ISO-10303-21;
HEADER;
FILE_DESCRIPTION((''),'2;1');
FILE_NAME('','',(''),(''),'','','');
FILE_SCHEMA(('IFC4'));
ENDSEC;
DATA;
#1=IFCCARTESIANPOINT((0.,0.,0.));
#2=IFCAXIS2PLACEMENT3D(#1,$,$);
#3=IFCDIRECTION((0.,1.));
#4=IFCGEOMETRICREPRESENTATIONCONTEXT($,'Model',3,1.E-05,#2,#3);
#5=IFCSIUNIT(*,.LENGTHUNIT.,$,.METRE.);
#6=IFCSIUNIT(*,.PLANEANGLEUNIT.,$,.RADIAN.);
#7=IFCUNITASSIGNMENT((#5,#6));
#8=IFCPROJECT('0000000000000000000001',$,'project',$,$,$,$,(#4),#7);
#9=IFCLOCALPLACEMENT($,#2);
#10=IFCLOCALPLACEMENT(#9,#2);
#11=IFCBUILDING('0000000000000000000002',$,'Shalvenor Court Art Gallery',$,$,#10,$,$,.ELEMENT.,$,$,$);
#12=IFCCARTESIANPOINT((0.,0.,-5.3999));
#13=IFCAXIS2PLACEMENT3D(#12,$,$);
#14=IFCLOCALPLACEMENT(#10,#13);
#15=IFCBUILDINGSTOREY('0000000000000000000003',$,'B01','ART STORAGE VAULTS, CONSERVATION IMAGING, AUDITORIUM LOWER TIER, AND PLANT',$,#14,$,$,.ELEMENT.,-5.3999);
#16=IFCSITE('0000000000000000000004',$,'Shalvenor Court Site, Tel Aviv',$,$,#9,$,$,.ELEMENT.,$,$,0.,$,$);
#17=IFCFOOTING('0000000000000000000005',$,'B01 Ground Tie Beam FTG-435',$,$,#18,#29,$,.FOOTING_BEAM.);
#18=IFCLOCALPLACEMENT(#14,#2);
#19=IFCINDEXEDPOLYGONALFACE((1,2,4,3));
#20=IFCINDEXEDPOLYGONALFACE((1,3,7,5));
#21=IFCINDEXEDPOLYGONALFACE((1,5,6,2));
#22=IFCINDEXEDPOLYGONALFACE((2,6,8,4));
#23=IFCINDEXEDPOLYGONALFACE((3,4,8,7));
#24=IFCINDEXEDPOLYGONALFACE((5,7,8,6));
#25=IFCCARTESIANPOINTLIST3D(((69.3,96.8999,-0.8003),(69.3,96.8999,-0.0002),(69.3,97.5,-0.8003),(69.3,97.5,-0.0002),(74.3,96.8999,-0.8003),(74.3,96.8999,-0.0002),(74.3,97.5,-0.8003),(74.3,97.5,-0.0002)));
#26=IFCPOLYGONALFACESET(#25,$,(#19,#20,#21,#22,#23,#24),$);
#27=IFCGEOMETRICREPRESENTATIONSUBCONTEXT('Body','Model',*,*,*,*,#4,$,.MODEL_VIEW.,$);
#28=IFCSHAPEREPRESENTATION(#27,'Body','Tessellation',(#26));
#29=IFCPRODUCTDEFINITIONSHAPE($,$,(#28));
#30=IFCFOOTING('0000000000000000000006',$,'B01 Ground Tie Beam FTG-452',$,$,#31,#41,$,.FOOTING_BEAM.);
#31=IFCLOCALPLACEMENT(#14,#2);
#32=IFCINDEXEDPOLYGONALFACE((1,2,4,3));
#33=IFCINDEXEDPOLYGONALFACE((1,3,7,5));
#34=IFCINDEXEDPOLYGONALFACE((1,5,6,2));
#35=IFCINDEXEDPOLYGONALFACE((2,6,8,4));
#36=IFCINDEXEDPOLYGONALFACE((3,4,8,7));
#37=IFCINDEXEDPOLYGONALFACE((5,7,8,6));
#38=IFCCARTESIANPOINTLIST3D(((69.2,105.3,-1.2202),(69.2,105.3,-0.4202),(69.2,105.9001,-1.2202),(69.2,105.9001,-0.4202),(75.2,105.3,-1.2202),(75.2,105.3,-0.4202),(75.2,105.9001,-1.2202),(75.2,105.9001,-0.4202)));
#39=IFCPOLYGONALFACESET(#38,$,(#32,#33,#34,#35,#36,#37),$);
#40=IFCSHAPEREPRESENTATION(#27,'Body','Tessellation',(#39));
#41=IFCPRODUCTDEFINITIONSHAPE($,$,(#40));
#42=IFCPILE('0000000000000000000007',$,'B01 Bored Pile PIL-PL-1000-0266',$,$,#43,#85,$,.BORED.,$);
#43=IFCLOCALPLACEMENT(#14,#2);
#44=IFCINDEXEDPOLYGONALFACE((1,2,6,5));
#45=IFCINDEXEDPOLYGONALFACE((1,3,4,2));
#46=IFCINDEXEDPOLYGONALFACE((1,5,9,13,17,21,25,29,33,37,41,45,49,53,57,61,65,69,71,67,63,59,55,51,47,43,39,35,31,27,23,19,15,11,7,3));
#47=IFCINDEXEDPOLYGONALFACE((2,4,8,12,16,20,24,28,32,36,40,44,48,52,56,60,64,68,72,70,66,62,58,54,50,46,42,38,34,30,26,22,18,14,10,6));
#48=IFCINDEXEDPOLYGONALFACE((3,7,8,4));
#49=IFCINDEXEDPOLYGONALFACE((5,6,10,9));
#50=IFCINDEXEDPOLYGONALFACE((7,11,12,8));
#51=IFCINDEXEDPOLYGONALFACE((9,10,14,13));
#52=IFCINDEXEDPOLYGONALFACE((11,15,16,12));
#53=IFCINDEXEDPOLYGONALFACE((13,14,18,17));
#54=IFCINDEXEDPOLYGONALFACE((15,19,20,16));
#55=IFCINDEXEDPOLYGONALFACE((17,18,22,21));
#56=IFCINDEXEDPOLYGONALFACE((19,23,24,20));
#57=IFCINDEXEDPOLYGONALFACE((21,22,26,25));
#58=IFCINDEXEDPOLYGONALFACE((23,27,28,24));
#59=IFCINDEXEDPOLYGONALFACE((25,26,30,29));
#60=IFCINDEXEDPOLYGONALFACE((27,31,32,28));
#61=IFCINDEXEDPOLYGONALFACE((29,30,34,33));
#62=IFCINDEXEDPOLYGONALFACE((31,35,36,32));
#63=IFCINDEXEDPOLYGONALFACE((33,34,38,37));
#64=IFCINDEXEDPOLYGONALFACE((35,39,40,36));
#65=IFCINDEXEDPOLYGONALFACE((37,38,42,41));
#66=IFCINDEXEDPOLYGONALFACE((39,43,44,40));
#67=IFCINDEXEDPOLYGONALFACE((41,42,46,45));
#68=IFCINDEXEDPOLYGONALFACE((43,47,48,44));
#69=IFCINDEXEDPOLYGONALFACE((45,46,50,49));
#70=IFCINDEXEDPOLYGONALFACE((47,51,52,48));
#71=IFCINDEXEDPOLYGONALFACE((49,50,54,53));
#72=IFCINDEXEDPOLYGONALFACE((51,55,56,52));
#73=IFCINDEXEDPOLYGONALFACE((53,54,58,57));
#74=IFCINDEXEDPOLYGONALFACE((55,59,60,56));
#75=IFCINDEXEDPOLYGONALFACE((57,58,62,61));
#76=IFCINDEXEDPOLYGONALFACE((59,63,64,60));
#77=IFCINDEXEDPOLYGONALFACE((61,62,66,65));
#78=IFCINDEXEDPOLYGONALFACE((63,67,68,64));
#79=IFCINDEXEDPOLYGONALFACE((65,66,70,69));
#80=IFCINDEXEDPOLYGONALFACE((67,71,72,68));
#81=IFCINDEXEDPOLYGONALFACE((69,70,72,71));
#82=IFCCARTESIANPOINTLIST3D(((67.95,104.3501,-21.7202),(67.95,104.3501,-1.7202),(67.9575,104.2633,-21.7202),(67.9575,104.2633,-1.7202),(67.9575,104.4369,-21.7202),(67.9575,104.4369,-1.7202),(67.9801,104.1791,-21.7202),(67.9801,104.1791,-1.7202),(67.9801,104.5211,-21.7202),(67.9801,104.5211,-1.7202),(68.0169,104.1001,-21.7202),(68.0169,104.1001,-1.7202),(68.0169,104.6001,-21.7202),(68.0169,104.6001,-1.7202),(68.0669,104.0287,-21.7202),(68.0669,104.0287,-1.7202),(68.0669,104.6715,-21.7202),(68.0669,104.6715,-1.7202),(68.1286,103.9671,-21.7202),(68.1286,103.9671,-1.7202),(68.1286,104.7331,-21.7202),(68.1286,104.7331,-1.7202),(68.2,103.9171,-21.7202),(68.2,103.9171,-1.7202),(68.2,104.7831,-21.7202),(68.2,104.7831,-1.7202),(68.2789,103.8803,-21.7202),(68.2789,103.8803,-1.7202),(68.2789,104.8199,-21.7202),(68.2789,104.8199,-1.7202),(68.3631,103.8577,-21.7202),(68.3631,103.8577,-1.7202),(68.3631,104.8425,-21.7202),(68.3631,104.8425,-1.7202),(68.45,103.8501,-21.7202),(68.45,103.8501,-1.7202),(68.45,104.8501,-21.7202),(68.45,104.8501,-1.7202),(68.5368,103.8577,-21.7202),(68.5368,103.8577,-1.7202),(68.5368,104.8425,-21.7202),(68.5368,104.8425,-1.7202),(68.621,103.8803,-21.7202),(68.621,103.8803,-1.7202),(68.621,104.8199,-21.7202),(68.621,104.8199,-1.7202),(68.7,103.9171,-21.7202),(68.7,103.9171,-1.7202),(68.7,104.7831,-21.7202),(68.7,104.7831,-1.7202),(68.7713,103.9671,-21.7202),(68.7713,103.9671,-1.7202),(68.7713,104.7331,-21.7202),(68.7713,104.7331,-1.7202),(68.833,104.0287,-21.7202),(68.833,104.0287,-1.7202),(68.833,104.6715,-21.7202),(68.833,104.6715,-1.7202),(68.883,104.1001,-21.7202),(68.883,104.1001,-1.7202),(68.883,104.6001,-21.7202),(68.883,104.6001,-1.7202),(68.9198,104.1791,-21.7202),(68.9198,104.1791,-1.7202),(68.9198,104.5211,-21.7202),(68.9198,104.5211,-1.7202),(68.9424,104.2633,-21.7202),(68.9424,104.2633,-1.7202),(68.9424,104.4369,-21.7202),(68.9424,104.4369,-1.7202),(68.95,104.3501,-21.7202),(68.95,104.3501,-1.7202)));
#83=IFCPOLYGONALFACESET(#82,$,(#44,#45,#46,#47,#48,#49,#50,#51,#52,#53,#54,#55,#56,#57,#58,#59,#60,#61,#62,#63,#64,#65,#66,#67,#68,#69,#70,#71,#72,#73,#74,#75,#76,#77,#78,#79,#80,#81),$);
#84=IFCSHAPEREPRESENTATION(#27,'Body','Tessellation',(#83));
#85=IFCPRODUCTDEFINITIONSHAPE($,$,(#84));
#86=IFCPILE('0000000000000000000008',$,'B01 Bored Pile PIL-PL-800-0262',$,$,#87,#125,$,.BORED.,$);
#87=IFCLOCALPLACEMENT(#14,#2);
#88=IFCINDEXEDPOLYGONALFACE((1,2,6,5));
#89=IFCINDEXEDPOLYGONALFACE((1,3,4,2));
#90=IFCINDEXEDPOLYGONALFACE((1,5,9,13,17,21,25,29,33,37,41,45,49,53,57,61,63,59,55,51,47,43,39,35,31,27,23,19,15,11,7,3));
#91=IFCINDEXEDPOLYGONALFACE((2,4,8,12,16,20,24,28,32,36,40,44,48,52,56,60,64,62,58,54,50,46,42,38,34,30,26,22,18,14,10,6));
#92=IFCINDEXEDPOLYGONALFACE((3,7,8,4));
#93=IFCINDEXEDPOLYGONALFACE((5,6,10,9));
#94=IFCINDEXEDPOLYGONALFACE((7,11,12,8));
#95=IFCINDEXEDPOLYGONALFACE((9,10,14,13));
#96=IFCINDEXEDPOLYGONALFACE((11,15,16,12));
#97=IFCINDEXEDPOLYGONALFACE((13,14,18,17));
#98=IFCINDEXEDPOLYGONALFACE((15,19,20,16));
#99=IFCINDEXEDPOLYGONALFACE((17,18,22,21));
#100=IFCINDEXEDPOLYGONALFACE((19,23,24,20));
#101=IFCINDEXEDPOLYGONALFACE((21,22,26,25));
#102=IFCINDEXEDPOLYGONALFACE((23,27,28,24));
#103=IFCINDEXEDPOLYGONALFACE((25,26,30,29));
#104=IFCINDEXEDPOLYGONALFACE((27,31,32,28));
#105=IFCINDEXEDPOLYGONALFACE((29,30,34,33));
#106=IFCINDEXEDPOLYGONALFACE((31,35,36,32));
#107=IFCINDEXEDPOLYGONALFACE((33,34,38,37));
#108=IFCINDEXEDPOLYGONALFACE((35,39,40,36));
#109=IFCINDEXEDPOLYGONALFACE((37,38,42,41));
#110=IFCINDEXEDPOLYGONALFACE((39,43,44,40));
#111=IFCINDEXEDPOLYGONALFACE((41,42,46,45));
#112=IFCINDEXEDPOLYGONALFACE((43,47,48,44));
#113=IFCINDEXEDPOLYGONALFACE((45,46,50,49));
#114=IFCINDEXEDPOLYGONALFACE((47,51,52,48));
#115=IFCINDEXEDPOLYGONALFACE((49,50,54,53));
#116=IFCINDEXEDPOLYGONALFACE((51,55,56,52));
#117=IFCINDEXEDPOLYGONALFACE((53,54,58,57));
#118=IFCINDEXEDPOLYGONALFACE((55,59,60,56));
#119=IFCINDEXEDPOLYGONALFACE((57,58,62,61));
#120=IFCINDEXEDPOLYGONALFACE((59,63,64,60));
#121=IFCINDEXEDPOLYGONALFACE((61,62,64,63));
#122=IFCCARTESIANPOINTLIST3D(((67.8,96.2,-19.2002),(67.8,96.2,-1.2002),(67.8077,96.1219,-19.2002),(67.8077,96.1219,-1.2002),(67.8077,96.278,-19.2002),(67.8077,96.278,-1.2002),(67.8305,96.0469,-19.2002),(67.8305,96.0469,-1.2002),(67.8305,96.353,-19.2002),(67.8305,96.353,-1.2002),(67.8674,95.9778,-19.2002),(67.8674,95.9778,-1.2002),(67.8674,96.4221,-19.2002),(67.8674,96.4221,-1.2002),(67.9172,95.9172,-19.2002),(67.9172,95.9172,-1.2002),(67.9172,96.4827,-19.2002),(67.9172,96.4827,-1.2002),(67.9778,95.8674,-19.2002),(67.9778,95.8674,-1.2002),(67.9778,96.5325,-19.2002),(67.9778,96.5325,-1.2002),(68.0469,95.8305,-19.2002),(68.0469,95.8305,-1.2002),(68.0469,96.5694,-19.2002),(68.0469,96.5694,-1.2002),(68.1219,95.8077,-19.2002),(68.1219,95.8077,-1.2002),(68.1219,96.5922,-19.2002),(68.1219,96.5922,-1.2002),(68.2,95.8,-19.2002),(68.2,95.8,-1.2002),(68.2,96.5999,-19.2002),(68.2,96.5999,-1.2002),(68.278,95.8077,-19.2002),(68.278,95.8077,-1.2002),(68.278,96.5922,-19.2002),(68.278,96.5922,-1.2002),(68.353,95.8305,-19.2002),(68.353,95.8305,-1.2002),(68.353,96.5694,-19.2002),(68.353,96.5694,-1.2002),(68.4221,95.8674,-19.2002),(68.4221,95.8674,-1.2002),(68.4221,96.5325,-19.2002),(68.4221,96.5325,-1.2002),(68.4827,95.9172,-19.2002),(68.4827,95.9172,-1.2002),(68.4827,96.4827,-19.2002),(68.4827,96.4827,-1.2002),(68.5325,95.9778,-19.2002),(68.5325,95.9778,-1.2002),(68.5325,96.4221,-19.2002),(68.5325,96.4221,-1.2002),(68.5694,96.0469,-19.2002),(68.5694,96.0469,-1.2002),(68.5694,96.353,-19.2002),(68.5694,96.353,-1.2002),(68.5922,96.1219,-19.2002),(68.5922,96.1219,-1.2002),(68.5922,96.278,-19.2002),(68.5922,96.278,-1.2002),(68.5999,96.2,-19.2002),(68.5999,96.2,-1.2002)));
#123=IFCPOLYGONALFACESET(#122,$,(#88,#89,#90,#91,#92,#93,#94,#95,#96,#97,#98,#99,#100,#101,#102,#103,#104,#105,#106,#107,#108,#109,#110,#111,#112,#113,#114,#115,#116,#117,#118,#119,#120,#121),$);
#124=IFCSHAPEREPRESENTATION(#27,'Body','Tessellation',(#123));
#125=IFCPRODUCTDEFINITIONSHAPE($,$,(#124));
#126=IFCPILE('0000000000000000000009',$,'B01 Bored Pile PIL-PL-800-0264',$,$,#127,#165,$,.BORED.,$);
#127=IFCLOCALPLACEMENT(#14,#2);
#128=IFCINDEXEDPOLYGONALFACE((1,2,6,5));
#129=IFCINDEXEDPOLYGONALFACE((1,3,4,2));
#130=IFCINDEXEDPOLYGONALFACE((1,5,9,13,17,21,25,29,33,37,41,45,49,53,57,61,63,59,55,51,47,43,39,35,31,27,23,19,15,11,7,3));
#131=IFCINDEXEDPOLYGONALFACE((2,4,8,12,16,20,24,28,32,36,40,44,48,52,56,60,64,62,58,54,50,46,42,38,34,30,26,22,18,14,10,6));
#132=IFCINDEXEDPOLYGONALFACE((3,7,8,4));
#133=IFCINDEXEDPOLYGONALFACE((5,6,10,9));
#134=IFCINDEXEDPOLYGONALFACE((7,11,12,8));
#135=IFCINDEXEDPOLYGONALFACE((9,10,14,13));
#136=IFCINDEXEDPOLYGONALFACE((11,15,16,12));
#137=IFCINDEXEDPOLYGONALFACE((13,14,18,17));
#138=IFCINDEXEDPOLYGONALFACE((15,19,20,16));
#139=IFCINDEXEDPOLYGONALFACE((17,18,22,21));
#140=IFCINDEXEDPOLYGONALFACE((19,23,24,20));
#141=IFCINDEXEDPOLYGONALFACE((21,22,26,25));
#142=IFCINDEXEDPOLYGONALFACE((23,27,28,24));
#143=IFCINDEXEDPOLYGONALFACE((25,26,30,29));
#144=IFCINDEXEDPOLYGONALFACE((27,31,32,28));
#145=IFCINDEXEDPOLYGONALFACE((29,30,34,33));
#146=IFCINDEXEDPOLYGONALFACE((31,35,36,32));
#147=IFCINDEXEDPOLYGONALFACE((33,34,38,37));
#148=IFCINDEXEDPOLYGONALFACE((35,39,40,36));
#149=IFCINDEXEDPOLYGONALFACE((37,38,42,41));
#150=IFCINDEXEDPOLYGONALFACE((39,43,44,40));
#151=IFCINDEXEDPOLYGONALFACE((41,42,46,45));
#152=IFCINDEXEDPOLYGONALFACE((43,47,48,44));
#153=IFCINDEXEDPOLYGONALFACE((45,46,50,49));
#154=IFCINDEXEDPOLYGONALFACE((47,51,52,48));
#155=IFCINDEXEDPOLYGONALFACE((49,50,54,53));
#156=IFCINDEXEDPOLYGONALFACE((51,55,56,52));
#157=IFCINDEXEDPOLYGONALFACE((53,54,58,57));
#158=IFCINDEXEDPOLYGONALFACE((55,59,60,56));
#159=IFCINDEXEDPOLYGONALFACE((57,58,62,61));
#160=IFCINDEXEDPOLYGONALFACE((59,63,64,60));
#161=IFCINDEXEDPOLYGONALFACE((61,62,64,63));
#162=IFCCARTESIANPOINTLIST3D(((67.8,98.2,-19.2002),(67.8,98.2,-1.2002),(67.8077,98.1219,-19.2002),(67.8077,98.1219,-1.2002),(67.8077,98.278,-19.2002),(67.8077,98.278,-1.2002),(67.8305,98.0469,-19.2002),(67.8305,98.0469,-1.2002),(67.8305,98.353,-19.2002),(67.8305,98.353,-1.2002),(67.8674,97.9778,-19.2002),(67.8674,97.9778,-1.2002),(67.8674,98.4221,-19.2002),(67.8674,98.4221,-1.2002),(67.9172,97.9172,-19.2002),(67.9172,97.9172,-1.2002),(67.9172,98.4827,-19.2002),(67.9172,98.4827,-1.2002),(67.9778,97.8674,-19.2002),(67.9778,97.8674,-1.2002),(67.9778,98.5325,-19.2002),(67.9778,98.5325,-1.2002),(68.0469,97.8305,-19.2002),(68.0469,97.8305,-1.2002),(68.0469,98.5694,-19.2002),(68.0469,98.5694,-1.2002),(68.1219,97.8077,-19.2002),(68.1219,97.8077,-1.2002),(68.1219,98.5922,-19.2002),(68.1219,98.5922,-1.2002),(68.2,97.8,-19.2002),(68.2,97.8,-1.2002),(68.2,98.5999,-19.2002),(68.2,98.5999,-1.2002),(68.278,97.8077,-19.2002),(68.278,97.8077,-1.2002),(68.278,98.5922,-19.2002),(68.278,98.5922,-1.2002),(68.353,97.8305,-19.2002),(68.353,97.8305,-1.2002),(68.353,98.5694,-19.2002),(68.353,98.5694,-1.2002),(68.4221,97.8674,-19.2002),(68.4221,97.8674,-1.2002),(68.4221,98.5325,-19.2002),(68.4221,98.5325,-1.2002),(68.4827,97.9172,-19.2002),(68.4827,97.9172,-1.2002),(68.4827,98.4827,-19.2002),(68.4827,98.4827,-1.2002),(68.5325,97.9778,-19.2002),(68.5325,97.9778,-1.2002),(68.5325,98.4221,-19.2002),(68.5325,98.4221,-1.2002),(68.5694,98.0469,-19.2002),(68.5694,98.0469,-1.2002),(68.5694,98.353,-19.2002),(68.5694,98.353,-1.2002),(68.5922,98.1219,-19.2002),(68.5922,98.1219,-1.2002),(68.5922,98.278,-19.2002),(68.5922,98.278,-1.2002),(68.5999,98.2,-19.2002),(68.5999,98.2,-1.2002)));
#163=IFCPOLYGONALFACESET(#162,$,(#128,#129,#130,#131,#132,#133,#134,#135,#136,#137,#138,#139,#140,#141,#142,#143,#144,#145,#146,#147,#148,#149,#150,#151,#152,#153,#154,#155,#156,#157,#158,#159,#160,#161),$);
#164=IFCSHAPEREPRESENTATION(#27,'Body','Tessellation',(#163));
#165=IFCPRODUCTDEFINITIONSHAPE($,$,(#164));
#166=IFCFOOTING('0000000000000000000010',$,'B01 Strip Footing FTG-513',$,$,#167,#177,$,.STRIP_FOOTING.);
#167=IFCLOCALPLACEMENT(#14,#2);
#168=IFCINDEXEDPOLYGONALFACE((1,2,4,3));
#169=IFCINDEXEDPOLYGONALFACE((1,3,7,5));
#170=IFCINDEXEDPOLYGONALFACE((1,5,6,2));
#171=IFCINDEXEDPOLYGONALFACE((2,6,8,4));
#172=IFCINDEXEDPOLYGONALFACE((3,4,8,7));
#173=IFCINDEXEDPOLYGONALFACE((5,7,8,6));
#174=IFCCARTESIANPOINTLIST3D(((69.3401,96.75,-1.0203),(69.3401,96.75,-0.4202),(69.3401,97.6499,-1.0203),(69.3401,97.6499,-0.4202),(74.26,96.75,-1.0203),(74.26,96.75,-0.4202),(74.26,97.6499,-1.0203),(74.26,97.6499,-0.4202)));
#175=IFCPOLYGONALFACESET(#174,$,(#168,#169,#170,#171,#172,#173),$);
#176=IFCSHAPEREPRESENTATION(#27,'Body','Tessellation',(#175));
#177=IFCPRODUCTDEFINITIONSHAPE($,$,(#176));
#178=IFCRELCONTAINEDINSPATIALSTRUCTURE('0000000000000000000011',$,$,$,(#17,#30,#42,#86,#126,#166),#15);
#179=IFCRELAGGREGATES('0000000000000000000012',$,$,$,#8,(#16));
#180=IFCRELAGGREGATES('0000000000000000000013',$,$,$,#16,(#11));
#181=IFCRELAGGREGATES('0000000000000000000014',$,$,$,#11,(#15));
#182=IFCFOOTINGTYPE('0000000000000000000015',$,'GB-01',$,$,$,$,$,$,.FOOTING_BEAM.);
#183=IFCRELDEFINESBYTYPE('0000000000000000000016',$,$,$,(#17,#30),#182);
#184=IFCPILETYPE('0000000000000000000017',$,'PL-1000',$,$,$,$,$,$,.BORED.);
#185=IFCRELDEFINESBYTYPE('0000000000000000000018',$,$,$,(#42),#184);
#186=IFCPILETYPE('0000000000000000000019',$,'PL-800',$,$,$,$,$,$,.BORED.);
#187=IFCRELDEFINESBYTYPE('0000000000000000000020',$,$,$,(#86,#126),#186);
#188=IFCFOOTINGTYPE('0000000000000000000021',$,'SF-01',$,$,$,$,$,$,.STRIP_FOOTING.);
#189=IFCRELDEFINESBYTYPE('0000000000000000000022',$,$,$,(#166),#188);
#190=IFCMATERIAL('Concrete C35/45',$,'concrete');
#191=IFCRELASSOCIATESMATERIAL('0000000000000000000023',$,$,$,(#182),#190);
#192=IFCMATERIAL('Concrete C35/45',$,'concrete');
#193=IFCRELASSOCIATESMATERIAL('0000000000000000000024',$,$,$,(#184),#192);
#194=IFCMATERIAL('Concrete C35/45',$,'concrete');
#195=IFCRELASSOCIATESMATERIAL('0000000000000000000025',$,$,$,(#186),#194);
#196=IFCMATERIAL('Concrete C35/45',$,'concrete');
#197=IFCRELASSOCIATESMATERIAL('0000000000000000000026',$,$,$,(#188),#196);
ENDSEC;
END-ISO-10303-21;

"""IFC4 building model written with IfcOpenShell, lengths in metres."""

from ifc_helpers import new_model, si_unit, direction, frame, origin, origin_2d, place, context, subcontext, project, spatial, rectangle, circle, extrude, material, material_profile, profile_set, type_object, element, save


model = new_model("IFC4")

# Units and contexts
model_context = context("Model", 3, precision=1e-05, world=origin(), true_north=direction((0.0, 1.0)))
body_context = subcontext(model_context, "Body", "Model", "MODEL_VIEW")
ifc_project = project(units=[si_unit("LENGTHUNIT", "METRE"), si_unit("PLANEANGLEUNIT", "RADIAN")], contexts=[model_context])

# Site, building, storey
site_placement = place(None, origin())
site = spatial("IfcSite", under=ifc_project, at=site_placement, Name="Shalvenor Court Site, Tel Aviv", CompositionType="ELEMENT", RefElevation=0.0)
building_placement = place(site_placement, origin())
building = spatial("IfcBuilding", under=site, at=building_placement, Name="Shalvenor Court Art Gallery", CompositionType="ELEMENT")
storey_placement = place(building_placement, frame((0.0, 0.0, -5.3999)))
storey = spatial("IfcBuildingStorey", under=building, at=storey_placement, Name="B01", Description="ART STORAGE VAULTS, CONSERVATION IMAGING, AUDITORIUM LOWER TIER, AND PLANT", CompositionType="ELEMENT", Elevation=-5.3999)

# Footings
ifc_material_1 = material(Name="Concrete C35/45", Category="concrete")
footing_type_1 = type_object("IfcFootingType", Name="GB-01", PredefinedType="FOOTING_BEAM", material=ifc_material_1)
footing_1_placement = place(storey_placement, frame((71.8, 97.2, -0.8003), z_axis=(0.0, 0.0, 1.0), x_axis=(1.0, 0.0, 0.0)))
element("IfcFooting", 1, at=footing_1_placement, inside=storey, type_object=footing_type_1, Name="B01 Ground Tie Beam FTG-435", PredefinedType="FOOTING_BEAM", context=body_context, shape_type="SweptSolid", body=[
    extrude(rectangle(XDim=5.0, YDim=0.6001, at=origin_2d()), origin(), (0.0, 0.0, 1.0), 0.8),
])
footing_2_placement = place(storey_placement, frame((72.2, 105.6001, -1.2202), z_axis=(0.0, 0.0, 1.0), x_axis=(1.0, 0.0, 0.0)))
element("IfcFooting", 2, at=footing_2_placement, inside=storey, type_object=footing_type_1, Name="B01 Ground Tie Beam FTG-452", PredefinedType="FOOTING_BEAM", context=body_context, shape_type="SweptSolid", body=[
    extrude(rectangle(XDim=6.0, YDim=0.6001, at=origin_2d()), origin(), (0.0, 0.0, 1.0), 0.8),
])

# Piles
ifc_material_2 = material(Name="Concrete C35/45", Category="concrete")
ifc_material_profile_1 = material_profile(ifc_material_2, circle(Radius=0.5, at=origin_2d()), Name="PILE 1000")
ifc_profile_set_1 = profile_set([ifc_material_profile_1], Name="Concrete C35/45")
pile_type_1 = type_object("IfcPileType", Name="PL-1000", PredefinedType="BORED", material=ifc_profile_set_1)
pile_placement = place(storey_placement, frame((68.45, 104.3501, -1.7202), z_axis=(0.0, 0.0, -1.0), x_axis=(1.0, 0.0, 0.0)))
element("IfcPile", 3, at=pile_placement, inside=storey, type_object=pile_type_1, Name="B01 Bored Pile PIL-PL-1000-0266", PredefinedType="BORED", context=body_context, shape_type="SweptSolid", body=[
    extrude(circle(Radius=0.5, at=origin_2d()), origin(), (0.0, 0.0, 1.0), 20.0),
])
ifc_material_3 = material(Name="Concrete C35/45", Category="concrete")
ifc_material_profile_2 = material_profile(ifc_material_3, circle(Radius=0.3999, at=origin_2d()), Name="PILE 800")
ifc_profile_set_2 = profile_set([ifc_material_profile_2], Name="Concrete C35/45")
pile_type_2 = type_object("IfcPileType", Name="PL-800", PredefinedType="BORED", material=ifc_profile_set_2)
for number, where, z_axis, x_axis, name in (
    (4, (68.2, 96.2, -1.2002), (0.0, 0.0, -1.0), (1.0, 0.0, 0.0), "B01 Bored Pile PIL-PL-800-0262"),
    (5, (68.2, 98.2, -1.2002), (0.0, 0.0, -1.0), (1.0, 0.0, 0.0), "B01 Bored Pile PIL-PL-800-0264"),
):
    element("IfcPile", number, at=place(storey_placement, frame(where, z_axis=z_axis, x_axis=x_axis)), inside=storey, type_object=pile_type_2, Name=name, PredefinedType="BORED", context=body_context, shape_type="SweptSolid", body=[
        extrude(circle(Radius=0.3999, at=origin_2d()), origin(), (0.0, 0.0, 1.0), 18.0),
    ])

# Footing
ifc_material_4 = material(Name="Concrete C35/45", Category="concrete")
footing_type_2 = type_object("IfcFootingType", Name="SF-01", PredefinedType="STRIP_FOOTING", material=ifc_material_4)
footing_3_placement = place(storey_placement, frame((71.8, 97.2, -1.0203), z_axis=(0.0, 0.0, 1.0), x_axis=(1.0, 0.0, 0.0)))
element("IfcFooting", 6, at=footing_3_placement, inside=storey, type_object=footing_type_2, Name="B01 Strip Footing FTG-513", PredefinedType="STRIP_FOOTING", context=body_context, shape_type="SweptSolid", body=[
    extrude(rectangle(XDim=4.9199, YDim=0.8999, at=origin_2d()), origin(), (0.0, 0.0, 1.0), 0.6001),
])

save(model, "model.ifc")
